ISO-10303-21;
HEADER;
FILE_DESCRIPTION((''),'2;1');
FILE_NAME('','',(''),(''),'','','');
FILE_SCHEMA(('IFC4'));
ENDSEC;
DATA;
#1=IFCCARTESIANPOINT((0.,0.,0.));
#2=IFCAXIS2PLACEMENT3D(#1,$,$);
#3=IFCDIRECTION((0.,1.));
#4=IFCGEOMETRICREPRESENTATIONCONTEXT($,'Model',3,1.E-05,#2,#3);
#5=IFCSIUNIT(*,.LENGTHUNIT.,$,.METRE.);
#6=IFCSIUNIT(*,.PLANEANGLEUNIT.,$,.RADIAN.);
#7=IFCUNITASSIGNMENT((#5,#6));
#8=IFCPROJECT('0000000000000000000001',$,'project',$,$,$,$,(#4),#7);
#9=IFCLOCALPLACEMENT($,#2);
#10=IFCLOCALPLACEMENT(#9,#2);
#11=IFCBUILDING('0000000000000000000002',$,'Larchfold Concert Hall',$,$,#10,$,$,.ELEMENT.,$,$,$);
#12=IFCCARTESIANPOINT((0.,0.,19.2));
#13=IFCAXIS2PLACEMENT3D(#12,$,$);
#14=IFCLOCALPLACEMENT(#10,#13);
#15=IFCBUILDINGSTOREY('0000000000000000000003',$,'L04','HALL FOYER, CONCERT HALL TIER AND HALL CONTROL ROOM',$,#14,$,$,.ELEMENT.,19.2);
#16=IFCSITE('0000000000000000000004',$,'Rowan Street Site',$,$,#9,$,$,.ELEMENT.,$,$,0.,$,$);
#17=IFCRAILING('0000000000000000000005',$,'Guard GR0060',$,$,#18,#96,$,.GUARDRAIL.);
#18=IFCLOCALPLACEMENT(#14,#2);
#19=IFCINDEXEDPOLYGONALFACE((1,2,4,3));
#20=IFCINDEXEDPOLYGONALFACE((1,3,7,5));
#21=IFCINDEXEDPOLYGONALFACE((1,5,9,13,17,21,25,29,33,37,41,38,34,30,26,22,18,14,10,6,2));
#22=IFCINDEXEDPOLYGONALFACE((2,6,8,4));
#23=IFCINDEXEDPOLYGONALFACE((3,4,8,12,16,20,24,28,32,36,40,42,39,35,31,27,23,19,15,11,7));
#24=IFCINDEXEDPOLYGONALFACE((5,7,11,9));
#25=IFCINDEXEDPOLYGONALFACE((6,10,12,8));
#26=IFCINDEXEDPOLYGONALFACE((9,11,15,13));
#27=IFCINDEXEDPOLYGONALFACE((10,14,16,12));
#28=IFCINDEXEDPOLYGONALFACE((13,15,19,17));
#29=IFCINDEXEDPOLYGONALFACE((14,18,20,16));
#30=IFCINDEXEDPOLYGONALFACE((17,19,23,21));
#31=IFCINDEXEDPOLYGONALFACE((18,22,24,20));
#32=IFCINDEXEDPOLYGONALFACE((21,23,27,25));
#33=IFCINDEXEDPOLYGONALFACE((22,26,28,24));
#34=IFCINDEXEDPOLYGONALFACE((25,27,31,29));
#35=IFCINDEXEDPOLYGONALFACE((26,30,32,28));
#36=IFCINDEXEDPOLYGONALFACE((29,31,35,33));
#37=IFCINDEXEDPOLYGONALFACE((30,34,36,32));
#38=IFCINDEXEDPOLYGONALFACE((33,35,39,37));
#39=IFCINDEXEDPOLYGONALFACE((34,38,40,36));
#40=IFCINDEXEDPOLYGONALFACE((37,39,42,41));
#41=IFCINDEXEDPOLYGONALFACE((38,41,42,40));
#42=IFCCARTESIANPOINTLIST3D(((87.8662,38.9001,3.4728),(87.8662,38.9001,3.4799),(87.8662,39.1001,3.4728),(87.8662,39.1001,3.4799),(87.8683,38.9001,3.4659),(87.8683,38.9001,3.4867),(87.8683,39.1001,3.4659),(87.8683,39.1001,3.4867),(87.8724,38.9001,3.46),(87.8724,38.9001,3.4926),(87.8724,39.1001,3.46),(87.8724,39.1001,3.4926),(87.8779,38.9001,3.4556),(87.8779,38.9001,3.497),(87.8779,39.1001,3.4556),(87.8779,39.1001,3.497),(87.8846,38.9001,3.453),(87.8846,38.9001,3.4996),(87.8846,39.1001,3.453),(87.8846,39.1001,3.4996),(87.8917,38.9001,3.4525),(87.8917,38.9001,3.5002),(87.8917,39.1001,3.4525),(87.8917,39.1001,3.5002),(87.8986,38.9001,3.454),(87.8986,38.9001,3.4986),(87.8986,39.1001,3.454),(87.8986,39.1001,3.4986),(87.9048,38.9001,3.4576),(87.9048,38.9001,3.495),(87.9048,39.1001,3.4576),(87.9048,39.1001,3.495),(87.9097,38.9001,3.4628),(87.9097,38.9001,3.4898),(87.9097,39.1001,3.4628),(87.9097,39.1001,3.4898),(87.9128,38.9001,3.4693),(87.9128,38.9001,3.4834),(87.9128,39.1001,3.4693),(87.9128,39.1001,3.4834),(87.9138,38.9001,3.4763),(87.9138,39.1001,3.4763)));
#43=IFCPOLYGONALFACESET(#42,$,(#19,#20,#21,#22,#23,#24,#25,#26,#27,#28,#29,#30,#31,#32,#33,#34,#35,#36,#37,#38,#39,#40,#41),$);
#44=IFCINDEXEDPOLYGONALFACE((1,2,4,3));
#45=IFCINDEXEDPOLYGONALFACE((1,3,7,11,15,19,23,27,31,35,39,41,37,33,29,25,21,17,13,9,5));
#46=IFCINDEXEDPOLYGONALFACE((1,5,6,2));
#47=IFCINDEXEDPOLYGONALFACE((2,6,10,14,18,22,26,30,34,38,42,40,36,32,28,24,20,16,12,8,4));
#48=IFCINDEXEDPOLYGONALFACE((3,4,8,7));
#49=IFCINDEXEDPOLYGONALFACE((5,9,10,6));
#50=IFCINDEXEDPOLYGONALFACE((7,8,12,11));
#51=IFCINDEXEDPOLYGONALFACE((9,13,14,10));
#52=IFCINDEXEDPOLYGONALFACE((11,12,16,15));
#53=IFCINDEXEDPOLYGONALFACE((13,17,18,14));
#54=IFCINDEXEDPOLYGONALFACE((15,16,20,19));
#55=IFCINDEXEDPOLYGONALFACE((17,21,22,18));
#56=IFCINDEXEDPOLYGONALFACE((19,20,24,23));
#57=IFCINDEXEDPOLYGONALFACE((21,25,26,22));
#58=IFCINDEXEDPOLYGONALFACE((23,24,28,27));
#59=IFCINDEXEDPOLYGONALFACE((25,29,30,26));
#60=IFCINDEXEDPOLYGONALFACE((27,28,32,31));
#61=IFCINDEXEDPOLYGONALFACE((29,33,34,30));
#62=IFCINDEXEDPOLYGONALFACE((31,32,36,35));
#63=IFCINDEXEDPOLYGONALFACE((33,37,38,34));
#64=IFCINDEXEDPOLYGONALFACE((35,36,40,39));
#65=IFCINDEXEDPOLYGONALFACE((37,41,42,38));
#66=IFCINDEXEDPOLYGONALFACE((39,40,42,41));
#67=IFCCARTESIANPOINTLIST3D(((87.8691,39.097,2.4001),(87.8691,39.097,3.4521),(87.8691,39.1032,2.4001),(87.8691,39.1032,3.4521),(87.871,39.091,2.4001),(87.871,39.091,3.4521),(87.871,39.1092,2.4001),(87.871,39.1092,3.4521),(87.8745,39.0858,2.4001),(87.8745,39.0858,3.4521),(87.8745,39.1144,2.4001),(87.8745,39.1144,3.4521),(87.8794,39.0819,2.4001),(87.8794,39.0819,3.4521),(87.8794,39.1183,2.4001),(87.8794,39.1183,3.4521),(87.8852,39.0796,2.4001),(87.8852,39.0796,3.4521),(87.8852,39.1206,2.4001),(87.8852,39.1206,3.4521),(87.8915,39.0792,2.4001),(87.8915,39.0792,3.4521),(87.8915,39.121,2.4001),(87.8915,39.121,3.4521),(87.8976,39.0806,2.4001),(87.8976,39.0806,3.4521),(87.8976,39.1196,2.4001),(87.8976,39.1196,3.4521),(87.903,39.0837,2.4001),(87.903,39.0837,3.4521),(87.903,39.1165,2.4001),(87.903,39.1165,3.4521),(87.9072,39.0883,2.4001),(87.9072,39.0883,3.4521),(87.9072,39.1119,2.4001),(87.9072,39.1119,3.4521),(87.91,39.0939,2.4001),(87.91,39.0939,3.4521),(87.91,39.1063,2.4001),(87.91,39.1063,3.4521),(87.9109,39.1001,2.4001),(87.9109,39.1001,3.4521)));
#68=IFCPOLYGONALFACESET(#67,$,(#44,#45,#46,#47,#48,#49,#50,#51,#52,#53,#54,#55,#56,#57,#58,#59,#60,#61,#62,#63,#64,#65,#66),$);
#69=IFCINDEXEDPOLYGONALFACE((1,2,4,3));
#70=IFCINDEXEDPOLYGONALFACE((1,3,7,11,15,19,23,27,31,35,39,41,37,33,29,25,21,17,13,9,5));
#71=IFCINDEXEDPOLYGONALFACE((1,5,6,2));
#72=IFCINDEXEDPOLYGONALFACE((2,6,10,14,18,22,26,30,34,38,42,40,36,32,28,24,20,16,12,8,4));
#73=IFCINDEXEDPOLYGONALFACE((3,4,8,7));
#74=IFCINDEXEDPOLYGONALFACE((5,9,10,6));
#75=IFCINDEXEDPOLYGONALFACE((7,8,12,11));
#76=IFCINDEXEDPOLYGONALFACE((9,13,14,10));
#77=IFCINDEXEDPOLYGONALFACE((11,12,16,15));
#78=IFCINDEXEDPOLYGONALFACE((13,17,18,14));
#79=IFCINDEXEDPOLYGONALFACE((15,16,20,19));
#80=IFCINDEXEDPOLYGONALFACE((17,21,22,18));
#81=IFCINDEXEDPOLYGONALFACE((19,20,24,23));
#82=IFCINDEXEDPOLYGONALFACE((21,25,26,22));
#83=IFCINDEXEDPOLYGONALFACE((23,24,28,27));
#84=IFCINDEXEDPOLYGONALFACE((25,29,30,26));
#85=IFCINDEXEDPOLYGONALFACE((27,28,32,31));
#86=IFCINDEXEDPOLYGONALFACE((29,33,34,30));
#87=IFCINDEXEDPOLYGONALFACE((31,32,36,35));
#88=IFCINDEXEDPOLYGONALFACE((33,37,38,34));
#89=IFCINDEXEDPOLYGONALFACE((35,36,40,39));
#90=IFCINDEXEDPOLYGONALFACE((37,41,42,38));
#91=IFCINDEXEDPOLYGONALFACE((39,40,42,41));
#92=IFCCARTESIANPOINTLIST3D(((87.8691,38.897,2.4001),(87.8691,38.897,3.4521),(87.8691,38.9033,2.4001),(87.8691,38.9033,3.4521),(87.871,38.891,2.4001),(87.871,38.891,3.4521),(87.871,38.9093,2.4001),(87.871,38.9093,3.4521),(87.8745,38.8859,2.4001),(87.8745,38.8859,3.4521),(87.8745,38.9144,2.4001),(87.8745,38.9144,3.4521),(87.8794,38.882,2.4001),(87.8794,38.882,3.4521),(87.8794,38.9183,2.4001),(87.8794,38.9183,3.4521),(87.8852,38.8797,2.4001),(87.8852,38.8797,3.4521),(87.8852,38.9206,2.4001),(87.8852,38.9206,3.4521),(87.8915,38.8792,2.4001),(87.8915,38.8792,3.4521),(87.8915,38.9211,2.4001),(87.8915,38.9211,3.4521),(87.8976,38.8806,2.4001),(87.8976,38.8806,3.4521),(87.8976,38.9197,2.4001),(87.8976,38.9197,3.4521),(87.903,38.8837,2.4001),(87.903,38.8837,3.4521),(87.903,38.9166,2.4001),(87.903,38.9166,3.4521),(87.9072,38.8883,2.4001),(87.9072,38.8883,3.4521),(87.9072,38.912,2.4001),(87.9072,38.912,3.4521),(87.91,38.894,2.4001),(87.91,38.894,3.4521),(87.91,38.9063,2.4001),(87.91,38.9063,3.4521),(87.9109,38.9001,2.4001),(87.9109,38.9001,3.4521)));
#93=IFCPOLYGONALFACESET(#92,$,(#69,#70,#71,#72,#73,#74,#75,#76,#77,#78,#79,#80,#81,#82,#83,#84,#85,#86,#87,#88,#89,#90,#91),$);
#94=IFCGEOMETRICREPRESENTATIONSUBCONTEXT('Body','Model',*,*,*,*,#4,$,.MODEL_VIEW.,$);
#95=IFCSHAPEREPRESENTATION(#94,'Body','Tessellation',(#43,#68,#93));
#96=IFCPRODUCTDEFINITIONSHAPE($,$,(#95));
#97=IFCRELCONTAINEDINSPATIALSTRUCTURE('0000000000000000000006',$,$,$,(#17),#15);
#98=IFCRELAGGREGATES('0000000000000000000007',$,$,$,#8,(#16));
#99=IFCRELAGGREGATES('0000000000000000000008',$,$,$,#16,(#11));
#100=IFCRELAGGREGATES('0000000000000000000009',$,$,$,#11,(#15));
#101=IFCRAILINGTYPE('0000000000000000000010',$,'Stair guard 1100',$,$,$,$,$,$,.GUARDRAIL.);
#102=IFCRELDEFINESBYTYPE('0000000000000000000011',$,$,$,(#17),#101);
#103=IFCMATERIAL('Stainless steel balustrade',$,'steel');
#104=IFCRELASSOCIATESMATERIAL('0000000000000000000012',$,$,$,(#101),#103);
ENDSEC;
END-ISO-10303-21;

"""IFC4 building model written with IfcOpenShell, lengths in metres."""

from ifc_helpers import new_model, si_unit, direction, frame, origin, origin_2d, place, context, subcontext, project, spatial, circle, extrude, material, type_object, element, save


model = new_model("IFC4")

# Units and contexts
model_context = context("Model", 3, precision=1e-05, world=origin(), true_north=direction((0.0, 1.0)))
body_context = subcontext(model_context, "Body", "Model", "MODEL_VIEW")
ifc_project = project(units=[si_unit("LENGTHUNIT", "METRE"), si_unit("PLANEANGLEUNIT", "RADIAN")], contexts=[model_context])

# Site, building, storey
site_placement = place(None, origin())
site = spatial("IfcSite", under=ifc_project, at=site_placement, Name="Rowan Street Site", CompositionType="ELEMENT", RefElevation=0.0)
building_placement = place(site_placement, origin())
building = spatial("IfcBuilding", under=site, at=building_placement, Name="Larchfold Concert Hall", CompositionType="ELEMENT")
storey_placement = place(building_placement, frame((0.0, 0.0, 19.2)))
storey = spatial("IfcBuildingStorey", under=building, at=storey_placement, Name="L04", Description="HALL FOYER, CONCERT HALL TIER AND HALL CONTROL ROOM", CompositionType="ELEMENT", Elevation=19.2)

# Railing
ifc_material_1 = material(Name="Stainless steel balustrade", Category="steel")
railing_type_1 = type_object("IfcRailingType", Name="Stair guard 1100", PredefinedType="GUARDRAIL", material=ifc_material_1)
railing_1_placement = place(storey_placement, frame((87.8899, 39.1001, 2.4001)))
element("IfcRailing", 1, at=railing_1_placement, inside=storey, type_object=railing_type_1, Name="Guard GR0060", PredefinedType="GUARDRAIL", context=body_context, shape_type="SweptSolid", body=[
    extrude(circle(Radius=0.0239, at=origin_2d()), frame((0.0, 0.0, 1.0762), z_axis=(0.0, -1.0, 0.0), x_axis=(1.0, 0.0, 0.0)), (0.0, 0.0, 1.0), 0.2),
    extrude(circle(Radius=0.021, at=origin_2d()), origin(), (0.0, 0.0, 1.0), 1.052),
    extrude(circle(Radius=0.021, at=origin_2d()), frame((0.0, -0.2, 0.0)), (0.0, 0.0, 1.0), 1.052),
])

save(model, "model.ifc")
